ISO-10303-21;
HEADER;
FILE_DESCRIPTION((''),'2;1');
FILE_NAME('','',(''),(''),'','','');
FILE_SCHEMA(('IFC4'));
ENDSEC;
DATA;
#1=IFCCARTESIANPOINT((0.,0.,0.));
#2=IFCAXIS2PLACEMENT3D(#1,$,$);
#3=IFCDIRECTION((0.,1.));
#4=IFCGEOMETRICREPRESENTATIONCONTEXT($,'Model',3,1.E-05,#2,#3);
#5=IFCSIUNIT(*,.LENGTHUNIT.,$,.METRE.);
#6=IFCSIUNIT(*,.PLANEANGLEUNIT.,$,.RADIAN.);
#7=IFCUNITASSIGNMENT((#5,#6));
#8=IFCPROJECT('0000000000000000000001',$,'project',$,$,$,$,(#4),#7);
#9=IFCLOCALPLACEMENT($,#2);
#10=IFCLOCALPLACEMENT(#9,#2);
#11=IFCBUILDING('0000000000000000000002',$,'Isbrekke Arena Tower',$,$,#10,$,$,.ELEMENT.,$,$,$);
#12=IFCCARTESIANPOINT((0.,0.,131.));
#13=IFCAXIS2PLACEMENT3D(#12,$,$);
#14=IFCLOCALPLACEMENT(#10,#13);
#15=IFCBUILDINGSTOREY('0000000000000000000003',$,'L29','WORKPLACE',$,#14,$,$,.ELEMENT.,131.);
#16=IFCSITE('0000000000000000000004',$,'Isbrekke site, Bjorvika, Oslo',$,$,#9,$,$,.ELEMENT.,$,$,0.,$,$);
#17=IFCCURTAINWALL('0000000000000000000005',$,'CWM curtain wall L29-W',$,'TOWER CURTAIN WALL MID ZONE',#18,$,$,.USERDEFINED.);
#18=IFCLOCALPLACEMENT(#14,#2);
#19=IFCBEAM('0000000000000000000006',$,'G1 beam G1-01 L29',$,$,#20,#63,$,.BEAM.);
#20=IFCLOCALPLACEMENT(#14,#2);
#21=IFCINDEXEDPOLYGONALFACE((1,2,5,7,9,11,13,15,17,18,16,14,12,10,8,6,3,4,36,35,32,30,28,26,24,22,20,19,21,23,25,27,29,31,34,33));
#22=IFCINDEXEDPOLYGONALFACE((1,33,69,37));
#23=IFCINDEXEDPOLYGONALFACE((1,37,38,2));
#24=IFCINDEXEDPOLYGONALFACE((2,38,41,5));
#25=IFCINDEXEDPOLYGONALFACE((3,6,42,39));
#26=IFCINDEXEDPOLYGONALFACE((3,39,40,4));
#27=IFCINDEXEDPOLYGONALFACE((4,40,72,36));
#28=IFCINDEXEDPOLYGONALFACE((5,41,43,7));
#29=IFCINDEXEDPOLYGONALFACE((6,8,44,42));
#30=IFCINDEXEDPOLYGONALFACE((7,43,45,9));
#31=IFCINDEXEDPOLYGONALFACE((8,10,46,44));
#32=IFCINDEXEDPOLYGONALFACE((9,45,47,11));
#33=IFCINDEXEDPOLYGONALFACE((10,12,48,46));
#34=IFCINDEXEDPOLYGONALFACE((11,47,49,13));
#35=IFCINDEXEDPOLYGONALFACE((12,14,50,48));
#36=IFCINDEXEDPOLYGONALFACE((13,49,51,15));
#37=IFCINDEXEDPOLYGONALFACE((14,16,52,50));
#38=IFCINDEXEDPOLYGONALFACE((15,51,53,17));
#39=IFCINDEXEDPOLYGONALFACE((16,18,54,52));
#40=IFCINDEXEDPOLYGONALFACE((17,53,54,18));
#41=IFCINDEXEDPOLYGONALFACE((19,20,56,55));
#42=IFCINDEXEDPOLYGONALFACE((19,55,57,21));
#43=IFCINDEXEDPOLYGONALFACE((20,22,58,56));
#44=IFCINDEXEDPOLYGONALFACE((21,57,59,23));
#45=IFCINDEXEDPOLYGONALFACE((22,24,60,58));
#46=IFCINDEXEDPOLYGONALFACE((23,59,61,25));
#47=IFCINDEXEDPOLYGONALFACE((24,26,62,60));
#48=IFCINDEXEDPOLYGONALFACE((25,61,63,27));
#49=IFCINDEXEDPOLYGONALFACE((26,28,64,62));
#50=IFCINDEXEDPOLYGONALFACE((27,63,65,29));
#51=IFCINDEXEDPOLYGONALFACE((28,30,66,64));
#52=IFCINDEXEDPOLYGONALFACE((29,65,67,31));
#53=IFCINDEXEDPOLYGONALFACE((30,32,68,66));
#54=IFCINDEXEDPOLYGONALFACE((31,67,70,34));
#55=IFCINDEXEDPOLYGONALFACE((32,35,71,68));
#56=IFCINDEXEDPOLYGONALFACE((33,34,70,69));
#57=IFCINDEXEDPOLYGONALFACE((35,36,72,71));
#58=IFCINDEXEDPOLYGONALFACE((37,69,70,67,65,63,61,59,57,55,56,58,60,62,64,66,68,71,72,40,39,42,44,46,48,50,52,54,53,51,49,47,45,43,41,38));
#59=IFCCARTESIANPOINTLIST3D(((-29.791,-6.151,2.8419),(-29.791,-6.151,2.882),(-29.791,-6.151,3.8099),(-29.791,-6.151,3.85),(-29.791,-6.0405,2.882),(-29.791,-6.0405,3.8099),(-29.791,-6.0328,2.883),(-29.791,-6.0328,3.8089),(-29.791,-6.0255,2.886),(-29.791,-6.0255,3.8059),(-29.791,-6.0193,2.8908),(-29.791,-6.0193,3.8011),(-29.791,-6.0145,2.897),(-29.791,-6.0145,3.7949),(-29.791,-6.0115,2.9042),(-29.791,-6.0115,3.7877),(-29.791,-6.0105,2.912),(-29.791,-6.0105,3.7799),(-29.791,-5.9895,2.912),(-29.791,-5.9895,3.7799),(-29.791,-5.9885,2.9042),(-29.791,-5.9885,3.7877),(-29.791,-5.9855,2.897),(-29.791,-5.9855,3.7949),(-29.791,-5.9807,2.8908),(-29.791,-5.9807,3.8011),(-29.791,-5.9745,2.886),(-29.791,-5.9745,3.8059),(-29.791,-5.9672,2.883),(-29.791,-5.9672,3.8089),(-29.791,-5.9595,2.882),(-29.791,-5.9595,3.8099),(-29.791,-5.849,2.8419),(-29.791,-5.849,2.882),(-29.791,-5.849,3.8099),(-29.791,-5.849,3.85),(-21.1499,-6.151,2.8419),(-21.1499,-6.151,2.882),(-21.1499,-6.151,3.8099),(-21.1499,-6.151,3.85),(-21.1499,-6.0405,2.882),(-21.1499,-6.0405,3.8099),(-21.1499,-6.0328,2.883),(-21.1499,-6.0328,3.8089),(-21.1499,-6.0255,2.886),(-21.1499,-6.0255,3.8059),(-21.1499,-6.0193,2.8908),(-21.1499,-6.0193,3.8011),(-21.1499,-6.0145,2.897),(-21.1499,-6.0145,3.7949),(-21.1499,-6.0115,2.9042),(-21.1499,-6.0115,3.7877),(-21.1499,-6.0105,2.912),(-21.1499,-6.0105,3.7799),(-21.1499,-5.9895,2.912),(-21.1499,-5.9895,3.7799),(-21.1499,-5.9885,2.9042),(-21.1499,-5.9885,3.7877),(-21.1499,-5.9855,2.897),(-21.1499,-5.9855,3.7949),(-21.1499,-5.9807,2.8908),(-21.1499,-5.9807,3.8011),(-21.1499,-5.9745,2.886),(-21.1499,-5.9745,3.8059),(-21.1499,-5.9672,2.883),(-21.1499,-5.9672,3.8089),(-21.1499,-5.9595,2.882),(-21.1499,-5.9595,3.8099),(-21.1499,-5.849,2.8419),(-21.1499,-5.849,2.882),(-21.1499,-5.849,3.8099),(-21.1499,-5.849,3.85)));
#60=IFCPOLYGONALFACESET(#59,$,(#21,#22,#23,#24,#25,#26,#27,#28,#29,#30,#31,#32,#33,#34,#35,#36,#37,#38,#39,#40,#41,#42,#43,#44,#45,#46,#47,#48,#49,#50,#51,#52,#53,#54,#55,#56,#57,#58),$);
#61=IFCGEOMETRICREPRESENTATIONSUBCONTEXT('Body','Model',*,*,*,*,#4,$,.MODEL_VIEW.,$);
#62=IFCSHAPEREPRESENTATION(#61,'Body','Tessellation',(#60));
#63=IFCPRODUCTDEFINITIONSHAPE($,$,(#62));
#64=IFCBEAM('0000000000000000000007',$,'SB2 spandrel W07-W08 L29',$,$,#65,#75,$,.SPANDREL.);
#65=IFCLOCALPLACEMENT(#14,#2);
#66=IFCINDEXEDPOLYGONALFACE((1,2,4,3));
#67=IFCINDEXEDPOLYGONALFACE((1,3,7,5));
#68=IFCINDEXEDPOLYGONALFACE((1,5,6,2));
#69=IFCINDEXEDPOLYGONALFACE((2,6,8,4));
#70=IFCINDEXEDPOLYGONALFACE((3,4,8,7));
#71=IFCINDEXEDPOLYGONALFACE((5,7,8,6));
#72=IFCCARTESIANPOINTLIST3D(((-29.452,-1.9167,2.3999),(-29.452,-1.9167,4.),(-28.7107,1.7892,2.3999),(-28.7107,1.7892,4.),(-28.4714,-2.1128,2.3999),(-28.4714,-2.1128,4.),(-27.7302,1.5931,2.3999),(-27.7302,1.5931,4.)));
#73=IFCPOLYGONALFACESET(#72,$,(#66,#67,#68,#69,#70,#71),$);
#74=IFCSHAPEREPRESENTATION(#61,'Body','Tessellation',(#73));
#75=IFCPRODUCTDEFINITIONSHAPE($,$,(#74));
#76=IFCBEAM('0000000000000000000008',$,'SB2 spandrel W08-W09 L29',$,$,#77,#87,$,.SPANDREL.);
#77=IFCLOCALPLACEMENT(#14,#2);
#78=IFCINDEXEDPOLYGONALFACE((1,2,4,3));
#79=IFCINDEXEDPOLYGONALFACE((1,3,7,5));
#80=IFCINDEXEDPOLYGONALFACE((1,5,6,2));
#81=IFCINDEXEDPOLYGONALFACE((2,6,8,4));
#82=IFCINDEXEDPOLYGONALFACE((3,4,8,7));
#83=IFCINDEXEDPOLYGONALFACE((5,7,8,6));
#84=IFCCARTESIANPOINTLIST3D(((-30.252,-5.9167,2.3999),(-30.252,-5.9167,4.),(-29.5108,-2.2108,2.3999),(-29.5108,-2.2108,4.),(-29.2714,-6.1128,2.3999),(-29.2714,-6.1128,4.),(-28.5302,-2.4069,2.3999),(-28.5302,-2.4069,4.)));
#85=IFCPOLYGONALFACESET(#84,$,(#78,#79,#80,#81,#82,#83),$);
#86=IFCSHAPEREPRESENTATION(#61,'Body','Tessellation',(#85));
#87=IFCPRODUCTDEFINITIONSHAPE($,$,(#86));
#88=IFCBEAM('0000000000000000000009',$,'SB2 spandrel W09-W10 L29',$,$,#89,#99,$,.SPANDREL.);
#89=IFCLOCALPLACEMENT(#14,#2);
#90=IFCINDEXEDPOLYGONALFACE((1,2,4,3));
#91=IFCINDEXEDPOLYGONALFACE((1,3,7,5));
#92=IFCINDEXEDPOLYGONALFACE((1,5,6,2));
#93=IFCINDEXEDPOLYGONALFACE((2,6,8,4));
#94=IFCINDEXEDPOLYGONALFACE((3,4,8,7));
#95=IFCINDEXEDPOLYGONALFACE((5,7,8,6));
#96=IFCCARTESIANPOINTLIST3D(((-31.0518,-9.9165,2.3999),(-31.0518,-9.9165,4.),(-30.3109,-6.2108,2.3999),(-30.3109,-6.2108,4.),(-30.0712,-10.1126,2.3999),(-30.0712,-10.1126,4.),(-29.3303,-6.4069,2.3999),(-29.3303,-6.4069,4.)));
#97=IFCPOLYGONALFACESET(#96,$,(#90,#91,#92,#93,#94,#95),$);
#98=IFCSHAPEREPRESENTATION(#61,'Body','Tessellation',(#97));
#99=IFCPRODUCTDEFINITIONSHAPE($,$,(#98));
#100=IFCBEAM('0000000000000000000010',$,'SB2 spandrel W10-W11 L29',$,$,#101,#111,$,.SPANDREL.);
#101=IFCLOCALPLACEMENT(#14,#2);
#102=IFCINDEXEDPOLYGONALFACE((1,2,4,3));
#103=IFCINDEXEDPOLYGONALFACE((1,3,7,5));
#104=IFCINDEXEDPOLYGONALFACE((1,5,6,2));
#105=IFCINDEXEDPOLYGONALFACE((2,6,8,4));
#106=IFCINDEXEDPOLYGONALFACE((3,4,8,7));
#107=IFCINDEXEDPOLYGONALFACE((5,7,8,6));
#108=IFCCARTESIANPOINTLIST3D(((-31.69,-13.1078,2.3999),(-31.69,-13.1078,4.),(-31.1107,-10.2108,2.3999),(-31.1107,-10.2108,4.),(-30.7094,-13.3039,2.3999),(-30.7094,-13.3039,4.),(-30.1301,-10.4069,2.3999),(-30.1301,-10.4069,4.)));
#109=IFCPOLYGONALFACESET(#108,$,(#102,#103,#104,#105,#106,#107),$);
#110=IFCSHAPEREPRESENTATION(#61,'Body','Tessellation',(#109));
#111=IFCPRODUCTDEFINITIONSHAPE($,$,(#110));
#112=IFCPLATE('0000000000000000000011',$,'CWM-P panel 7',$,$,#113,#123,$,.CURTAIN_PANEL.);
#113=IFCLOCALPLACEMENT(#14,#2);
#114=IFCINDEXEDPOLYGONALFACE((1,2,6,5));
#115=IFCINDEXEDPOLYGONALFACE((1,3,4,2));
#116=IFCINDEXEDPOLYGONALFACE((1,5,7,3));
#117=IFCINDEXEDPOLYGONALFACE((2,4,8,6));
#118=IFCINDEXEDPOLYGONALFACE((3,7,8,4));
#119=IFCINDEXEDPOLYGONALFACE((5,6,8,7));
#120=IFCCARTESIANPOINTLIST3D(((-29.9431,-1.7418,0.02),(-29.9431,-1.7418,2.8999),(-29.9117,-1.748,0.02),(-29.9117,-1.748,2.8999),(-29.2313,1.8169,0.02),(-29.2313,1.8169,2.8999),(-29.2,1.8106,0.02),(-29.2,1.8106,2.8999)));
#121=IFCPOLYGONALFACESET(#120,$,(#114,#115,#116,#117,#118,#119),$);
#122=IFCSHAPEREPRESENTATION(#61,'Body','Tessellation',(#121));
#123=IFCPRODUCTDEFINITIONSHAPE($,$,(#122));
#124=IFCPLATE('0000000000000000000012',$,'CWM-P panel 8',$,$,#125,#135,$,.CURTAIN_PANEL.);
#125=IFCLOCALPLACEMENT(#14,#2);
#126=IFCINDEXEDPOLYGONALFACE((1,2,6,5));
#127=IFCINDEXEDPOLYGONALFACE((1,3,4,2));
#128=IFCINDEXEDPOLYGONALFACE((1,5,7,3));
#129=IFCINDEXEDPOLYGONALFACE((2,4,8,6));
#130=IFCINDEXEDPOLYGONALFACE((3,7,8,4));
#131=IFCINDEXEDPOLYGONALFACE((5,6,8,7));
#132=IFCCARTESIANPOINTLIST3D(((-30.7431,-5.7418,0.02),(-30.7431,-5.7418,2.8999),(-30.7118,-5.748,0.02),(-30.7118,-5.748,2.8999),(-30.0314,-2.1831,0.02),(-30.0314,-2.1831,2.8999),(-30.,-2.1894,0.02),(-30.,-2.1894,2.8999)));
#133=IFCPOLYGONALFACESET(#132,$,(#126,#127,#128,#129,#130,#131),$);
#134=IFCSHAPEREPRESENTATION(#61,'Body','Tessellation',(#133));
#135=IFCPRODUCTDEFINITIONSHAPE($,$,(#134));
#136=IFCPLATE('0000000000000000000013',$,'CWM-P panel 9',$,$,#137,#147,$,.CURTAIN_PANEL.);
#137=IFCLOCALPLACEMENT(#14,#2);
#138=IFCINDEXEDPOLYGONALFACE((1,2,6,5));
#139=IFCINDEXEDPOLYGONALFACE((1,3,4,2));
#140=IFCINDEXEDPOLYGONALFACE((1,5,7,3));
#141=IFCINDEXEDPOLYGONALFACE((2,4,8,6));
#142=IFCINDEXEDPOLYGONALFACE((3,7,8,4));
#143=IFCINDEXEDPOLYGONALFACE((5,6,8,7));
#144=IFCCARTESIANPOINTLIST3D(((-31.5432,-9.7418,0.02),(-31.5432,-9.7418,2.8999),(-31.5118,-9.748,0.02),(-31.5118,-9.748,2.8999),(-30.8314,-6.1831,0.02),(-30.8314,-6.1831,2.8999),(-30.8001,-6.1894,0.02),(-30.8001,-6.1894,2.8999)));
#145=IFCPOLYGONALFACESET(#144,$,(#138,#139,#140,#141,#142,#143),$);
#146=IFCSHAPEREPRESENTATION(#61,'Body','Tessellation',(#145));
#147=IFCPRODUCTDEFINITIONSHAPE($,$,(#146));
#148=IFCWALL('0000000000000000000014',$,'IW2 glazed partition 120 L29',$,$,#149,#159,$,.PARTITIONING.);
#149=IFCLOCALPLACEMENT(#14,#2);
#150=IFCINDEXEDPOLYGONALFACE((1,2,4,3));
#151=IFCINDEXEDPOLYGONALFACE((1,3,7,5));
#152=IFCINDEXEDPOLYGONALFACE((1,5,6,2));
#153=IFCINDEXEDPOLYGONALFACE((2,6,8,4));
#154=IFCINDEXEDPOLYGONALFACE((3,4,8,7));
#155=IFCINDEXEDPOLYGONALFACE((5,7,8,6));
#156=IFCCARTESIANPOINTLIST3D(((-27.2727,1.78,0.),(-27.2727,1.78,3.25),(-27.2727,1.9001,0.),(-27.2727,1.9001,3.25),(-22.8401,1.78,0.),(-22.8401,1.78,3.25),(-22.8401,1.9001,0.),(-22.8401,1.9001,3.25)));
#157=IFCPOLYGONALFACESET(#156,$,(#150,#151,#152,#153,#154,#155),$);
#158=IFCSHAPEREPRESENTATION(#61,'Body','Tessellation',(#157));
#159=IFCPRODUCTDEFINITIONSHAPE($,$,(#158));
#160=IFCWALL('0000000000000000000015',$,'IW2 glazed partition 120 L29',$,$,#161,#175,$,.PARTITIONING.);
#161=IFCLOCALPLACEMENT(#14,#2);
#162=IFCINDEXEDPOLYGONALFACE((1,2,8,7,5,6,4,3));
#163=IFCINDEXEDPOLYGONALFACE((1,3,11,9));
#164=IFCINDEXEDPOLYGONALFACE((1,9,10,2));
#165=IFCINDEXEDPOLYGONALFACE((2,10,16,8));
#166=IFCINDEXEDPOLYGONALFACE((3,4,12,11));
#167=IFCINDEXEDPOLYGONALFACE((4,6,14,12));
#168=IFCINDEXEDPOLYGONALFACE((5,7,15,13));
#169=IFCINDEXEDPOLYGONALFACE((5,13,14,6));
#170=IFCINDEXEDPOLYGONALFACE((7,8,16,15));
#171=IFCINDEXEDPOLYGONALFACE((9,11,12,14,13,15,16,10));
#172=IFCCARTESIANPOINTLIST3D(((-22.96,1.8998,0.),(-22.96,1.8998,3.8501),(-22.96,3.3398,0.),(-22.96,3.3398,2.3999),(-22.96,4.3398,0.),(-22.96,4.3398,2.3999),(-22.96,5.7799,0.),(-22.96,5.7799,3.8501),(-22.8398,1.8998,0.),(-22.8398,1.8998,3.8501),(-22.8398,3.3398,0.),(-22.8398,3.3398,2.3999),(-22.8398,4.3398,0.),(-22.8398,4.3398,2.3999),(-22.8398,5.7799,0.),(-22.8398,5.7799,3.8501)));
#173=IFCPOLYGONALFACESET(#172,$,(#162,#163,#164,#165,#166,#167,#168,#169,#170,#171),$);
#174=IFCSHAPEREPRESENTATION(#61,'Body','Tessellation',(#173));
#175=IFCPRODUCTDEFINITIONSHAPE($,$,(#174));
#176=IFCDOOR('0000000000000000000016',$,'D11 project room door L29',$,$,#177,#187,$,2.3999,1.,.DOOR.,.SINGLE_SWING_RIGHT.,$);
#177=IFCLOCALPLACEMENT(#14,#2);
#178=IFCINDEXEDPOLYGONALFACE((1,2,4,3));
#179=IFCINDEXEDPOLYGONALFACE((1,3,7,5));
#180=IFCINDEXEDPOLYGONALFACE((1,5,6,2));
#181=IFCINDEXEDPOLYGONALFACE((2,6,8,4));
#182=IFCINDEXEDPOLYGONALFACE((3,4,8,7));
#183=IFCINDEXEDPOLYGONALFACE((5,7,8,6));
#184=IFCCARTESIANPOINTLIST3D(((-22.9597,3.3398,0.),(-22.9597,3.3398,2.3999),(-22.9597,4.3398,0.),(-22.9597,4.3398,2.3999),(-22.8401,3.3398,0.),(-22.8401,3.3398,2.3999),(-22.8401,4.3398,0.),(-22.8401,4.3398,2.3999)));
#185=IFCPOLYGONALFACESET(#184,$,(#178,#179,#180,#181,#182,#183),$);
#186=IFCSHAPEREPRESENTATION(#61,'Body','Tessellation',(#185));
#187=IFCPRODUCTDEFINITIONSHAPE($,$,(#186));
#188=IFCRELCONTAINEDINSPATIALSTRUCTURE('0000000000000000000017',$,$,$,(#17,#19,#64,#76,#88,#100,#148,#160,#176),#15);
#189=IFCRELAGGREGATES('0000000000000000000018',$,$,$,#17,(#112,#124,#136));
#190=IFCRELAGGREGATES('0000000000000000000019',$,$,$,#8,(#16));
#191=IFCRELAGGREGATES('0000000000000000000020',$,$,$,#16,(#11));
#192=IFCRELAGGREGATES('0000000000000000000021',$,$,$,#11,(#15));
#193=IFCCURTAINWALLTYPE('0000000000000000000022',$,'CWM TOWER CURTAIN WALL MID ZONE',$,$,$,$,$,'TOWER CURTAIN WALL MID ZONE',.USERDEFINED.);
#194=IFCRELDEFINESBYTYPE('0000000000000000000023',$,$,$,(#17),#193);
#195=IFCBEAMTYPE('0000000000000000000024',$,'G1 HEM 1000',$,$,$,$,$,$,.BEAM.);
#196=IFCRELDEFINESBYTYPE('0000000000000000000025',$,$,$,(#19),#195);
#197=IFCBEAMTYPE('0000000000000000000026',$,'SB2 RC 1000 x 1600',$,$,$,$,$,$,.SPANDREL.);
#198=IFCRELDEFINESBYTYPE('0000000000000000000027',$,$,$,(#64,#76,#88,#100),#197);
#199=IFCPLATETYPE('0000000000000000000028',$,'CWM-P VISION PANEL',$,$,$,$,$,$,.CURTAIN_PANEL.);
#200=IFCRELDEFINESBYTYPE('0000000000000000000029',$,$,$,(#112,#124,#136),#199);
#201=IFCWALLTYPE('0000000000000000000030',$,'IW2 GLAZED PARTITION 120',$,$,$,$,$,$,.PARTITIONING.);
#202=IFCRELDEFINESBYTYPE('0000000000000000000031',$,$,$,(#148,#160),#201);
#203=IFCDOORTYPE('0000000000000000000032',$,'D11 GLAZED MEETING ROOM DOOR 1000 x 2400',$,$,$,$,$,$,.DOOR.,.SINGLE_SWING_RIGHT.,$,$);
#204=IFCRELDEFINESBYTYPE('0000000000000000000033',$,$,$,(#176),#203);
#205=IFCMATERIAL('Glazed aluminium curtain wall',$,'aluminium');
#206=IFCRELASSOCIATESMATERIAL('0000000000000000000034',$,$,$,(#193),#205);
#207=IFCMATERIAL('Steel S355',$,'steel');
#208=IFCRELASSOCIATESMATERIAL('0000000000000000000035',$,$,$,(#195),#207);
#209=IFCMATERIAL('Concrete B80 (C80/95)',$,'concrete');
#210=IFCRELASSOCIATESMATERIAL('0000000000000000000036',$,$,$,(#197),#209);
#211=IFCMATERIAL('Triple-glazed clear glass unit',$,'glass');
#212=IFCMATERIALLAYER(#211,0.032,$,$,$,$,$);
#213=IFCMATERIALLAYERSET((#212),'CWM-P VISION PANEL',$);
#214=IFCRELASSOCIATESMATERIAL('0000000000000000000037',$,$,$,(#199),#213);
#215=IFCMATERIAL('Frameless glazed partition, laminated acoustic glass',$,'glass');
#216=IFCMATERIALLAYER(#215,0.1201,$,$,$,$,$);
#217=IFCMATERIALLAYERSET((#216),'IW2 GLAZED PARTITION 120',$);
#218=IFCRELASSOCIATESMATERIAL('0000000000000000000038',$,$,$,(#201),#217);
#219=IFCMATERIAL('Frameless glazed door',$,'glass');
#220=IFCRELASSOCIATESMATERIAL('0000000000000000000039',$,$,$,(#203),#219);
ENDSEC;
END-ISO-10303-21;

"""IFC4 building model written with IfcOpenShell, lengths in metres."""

from ifc_helpers import new_model, si_unit, direction, frame, frame_2d, origin, origin_2d, place, context, subcontext, project, spatial, rectangle, i_section, extrude, material, layer, layer_set, material_profile, profile_set, type_object, element, fill, aggregate, save


model = new_model("IFC4")

# Units and contexts
model_context = context("Model", 3, precision=1e-05, world=origin(), true_north=direction((0.0, 1.0)))
body_context = subcontext(model_context, "Body", "Model", "MODEL_VIEW")
ifc_project = project(units=[si_unit("LENGTHUNIT", "METRE"), si_unit("PLANEANGLEUNIT", "RADIAN")], contexts=[model_context])

# Site, building, storey
site_placement = place(None, origin())
site = spatial("IfcSite", under=ifc_project, at=site_placement, Name="Isbrekke site, Bjorvika, Oslo", CompositionType="ELEMENT", RefElevation=0.0)
building_placement = place(site_placement, origin())
building = spatial("IfcBuilding", under=site, at=building_placement, Name="Isbrekke Arena Tower", CompositionType="ELEMENT")
storey_placement = place(building_placement, frame((0.0, 0.0, 131.0)))
storey = spatial("IfcBuildingStorey", under=building, at=storey_placement, Name="L29", Description="WORKPLACE", CompositionType="ELEMENT", Elevation=131.0)

# Curtain wall
ifc_material_1 = material(Name="Glazed aluminium curtain wall", Category="aluminium")
curtain_wall_type = type_object("IfcCurtainWallType", Name="CWM TOWER CURTAIN WALL MID ZONE", ElementType="TOWER CURTAIN WALL MID ZONE", PredefinedType="USERDEFINED", material=ifc_material_1)
curtain_wall_placement = place(storey_placement, origin())
curtain_wall = element("IfcCurtainWall", 1, at=curtain_wall_placement, inside=storey, type_object=curtain_wall_type, Name="CWM curtain wall L29-W", ObjectType="TOWER CURTAIN WALL MID ZONE", PredefinedType="USERDEFINED")

# Beams
ifc_material_2 = material(Name="Steel S355", Category="steel")
ifc_material_profile_1 = material_profile(ifc_material_2, i_section(OverallWidth=0.302, OverallDepth=1.0081, WebThickness=0.021, FlangeThickness=0.04, FilletRadius=0.03, at=origin_2d()), Name="HEM 1000")
ifc_profile_set_1 = profile_set([ifc_material_profile_1], Name="Steel S355")
beam_type_1 = type_object("IfcBeamType", Name="G1 HEM 1000", PredefinedType="BEAM", material=ifc_profile_set_1)
beam_1_placement = place(storey_placement, frame((-29.791, -6.0, 3.3459), z_axis=(1.0, 0.0, 0.0), x_axis=(0.0, 1.0, 0.0)))
element("IfcBeam", 2, at=beam_1_placement, inside=storey, type_object=beam_type_1, Name="G1 beam G1-01 L29", PredefinedType="BEAM", context=body_context, shape_type="SweptSolid", body=[
    extrude(i_section(OverallWidth=0.302, OverallDepth=1.0081, WebThickness=0.021, FlangeThickness=0.04, FilletRadius=0.03, at=origin_2d()), origin(), (0.0, 0.0, 1.0), 8.6411),
])
ifc_material_3 = material(Name="Concrete B80 (C80/95)", Category="concrete")
ifc_material_profile_2 = material_profile(ifc_material_3, rectangle(XDim=1.0, YDim=1.6001, at=origin_2d()), Name="RC 1000x1600")
ifc_profile_set_2 = profile_set([ifc_material_profile_2], Name="Concrete B80 (C80/95)")
beam_type_2 = type_object("IfcBeamType", Name="SB2 RC 1000 x 1600", PredefinedType="SPANDREL", material=ifc_profile_set_2)
for number, where, z_axis, x_axis, name in (
    (3, (-28.2205, 1.6912, 3.2), (-0.196129, -0.980578, 0.0), (0.980578, -0.196129, 0.0), "SB2 spandrel W07-W08 L29"),
    (4, (-29.0205, -2.3088, 3.2), (-0.196129, -0.980578, 0.0), (0.980578, -0.196129, 0.0), "SB2 spandrel W08-W09 L29"),
):
    element("IfcBeam", number, at=place(storey_placement, frame(where, z_axis=z_axis, x_axis=x_axis)), inside=storey, type_object=beam_type_2, Name=name, PredefinedType="SPANDREL", context=body_context, shape_type="SweptSolid", body=[
        extrude(rectangle(XDim=1.0, YDim=1.6001, at=origin_2d()), origin(), (0.0, 0.0, 1.0), 3.7793),
    ])
beam_2_placement = place(storey_placement, frame((-29.8206, -6.3088, 3.2), z_axis=(-0.196066, -0.980591, 0.0), x_axis=(0.980591, -0.196066, 0.0)))
element("IfcBeam", 5, at=beam_2_placement, inside=storey, type_object=beam_type_2, Name="SB2 spandrel W09-W10 L29", PredefinedType="SPANDREL", context=body_context, shape_type="SweptSolid", body=[
    extrude(rectangle(XDim=1.0, YDim=1.6001, at=origin_2d()), origin(), (0.0, 0.0, 1.0), 3.7791),
])
beam_3_placement = place(storey_placement, frame((-30.6204, -10.3088, 3.2), z_axis=(-0.1961, -0.980584, 0.0), x_axis=(0.980584, -0.1961, 0.0)))
element("IfcBeam", 6, at=beam_3_placement, inside=storey, type_object=beam_type_2, Name="SB2 spandrel W10-W11 L29", PredefinedType="SPANDREL", context=body_context, shape_type="SweptSolid", body=[
    extrude(rectangle(XDim=1.0, YDim=1.6001, at=origin_2d()), origin(), (0.0, 0.0, 1.0), 2.9543),
])

# Plates
ifc_material_4 = material(Name="Triple-glazed clear glass unit", Category="glass")
ifc_layer_1 = layer(ifc_material_4, 0.032)
ifc_layer_set_1 = layer_set([ifc_layer_1], Name="CWM-P VISION PANEL")
plate_type = type_object("IfcPlateType", Name="CWM-P VISION PANEL", PredefinedType="CURTAIN_PANEL", material=ifc_layer_set_1)
plate_1_placement = place(storey_placement, frame((-29.5715, 0.0344, 0.02), z_axis=(0.0, 0.0, 1.0), x_axis=(-0.196116, -0.980581, 0.0)))
plate_1 = element("IfcPlate", 7, at=plate_1_placement, type_object=plate_type, Name="CWM-P panel 7", PredefinedType="CURTAIN_PANEL", context=body_context, shape_type="SweptSolid", body=[
    extrude(rectangle(XDim=3.6292, YDim=0.032, at=origin_2d()), origin(), (0.0, 0.0, 1.0), 2.8799),
])
plate_2_placement = place(storey_placement, frame((-30.3716, -3.9656, 0.02), z_axis=(0.0, 0.0, 1.0), x_axis=(-0.196116, -0.980581, 0.0)))
plate_2 = element("IfcPlate", 8, at=plate_2_placement, type_object=plate_type, Name="CWM-P panel 8", PredefinedType="CURTAIN_PANEL", context=body_context, shape_type="SweptSolid", body=[
    extrude(rectangle(XDim=3.6292, YDim=0.032, at=origin_2d()), origin(), (0.0, 0.0, 1.0), 2.8799),
])
plate_3_placement = place(storey_placement, frame((-31.1716, -7.9656, 0.02), z_axis=(0.0, 0.0, 1.0), x_axis=(-0.196116, -0.980581, 0.0)))
plate_3 = element("IfcPlate", 9, at=plate_3_placement, type_object=plate_type, Name="CWM-P panel 9", PredefinedType="CURTAIN_PANEL", context=body_context, shape_type="SweptSolid", body=[
    extrude(rectangle(XDim=3.6292, YDim=0.032, at=origin_2d()), origin(), (0.0, 0.0, 1.0), 2.8799),
])
aggregate(curtain_wall, [plate_1, plate_2, plate_3])

# Wall
ifc_material_5 = material(Name="Frameless glazed partition, laminated acoustic glass", Category="glass")
ifc_layer_2 = layer(ifc_material_5, 0.1201)
ifc_layer_set_2 = layer_set([ifc_layer_2], Name="IW2 GLAZED PARTITION 120")
wall_type = type_object("IfcWallType", Name="IW2 GLAZED PARTITION 120", PredefinedType="PARTITIONING", material=ifc_layer_set_2)
wall_1_placement = place(storey_placement, frame((-27.2727, 1.8401, 0.0), z_axis=(0.0, 0.0, 1.0), x_axis=(1.0, 0.0, 0.0)))
element("IfcWall", 10, at=wall_1_placement, inside=storey, type_object=wall_type, Name="IW2 glazed partition 120 L29", PredefinedType="PARTITIONING", context=body_context, shape_type="SweptSolid", body=[
    extrude(rectangle(XDim=4.4326, YDim=0.1201, at=frame_2d((2.2163, 0.0))), origin(), (0.0, 0.0, 1.0), 3.25),
])

# Wall, opening, door
wall_2_placement = place(storey_placement, frame((-22.8999, 1.8999, 0.0), z_axis=(0.0, 0.0, 1.0), x_axis=(0.0, 1.0, 0.0)))
wall_2 = element("IfcWall", 11, at=wall_2_placement, inside=storey, type_object=wall_type, Name="IW2 glazed partition 120 L29", PredefinedType="PARTITIONING", context=body_context, shape_type="SweptSolid", body=[
    extrude(rectangle(XDim=3.8801, YDim=0.1201, at=frame_2d((1.9399, 0.0))), origin(), (0.0, 0.0, 1.0), 3.8501),
])
opening_placement = place(wall_2_placement, frame((1.4399, 0.0, 0.0)))
opening = element("IfcOpeningElement", 12, at=opening_placement, cuts=wall_2, PredefinedType="OPENING", context=body_context, shape_type="SweptSolid", body=[
    extrude(rectangle(XDim=1.0, YDim=2.3999, at=frame_2d((0.5, 1.2))), frame((0.0, 0.075, 0.0), z_axis=(0.0, -1.0, 0.0), x_axis=(1.0, 0.0, 0.0)), (0.0, 0.0, 1.0), 0.1499),
])
ifc_material_6 = material(Name="Frameless glazed door", Category="glass")
door_type = type_object("IfcDoorType", Name="D11 GLAZED MEETING ROOM DOOR 1000 x 2400", OperationType="SINGLE_SWING_RIGHT", PredefinedType="DOOR", material=ifc_material_6)
door_placement = place(opening_placement, origin())
door = element("IfcDoor", 13, at=door_placement, inside=storey, type_object=door_type, Name="D11 project room door L29", OperationType="SINGLE_SWING_RIGHT", OverallHeight=2.3999, OverallWidth=1.0, PredefinedType="DOOR", context=body_context, shape_type="SweptSolid", body=[
    extrude(rectangle(XDim=1.0, YDim=2.3999, at=frame_2d((0.5, 1.2))), frame((0.0, 0.0598, 0.0), z_axis=(0.0, -1.0, 0.0), x_axis=(1.0, 0.0, 0.0)), (0.0, 0.0, 1.0), 0.1196),
])
fill(opening, door)

save(model, "model.ifc")
